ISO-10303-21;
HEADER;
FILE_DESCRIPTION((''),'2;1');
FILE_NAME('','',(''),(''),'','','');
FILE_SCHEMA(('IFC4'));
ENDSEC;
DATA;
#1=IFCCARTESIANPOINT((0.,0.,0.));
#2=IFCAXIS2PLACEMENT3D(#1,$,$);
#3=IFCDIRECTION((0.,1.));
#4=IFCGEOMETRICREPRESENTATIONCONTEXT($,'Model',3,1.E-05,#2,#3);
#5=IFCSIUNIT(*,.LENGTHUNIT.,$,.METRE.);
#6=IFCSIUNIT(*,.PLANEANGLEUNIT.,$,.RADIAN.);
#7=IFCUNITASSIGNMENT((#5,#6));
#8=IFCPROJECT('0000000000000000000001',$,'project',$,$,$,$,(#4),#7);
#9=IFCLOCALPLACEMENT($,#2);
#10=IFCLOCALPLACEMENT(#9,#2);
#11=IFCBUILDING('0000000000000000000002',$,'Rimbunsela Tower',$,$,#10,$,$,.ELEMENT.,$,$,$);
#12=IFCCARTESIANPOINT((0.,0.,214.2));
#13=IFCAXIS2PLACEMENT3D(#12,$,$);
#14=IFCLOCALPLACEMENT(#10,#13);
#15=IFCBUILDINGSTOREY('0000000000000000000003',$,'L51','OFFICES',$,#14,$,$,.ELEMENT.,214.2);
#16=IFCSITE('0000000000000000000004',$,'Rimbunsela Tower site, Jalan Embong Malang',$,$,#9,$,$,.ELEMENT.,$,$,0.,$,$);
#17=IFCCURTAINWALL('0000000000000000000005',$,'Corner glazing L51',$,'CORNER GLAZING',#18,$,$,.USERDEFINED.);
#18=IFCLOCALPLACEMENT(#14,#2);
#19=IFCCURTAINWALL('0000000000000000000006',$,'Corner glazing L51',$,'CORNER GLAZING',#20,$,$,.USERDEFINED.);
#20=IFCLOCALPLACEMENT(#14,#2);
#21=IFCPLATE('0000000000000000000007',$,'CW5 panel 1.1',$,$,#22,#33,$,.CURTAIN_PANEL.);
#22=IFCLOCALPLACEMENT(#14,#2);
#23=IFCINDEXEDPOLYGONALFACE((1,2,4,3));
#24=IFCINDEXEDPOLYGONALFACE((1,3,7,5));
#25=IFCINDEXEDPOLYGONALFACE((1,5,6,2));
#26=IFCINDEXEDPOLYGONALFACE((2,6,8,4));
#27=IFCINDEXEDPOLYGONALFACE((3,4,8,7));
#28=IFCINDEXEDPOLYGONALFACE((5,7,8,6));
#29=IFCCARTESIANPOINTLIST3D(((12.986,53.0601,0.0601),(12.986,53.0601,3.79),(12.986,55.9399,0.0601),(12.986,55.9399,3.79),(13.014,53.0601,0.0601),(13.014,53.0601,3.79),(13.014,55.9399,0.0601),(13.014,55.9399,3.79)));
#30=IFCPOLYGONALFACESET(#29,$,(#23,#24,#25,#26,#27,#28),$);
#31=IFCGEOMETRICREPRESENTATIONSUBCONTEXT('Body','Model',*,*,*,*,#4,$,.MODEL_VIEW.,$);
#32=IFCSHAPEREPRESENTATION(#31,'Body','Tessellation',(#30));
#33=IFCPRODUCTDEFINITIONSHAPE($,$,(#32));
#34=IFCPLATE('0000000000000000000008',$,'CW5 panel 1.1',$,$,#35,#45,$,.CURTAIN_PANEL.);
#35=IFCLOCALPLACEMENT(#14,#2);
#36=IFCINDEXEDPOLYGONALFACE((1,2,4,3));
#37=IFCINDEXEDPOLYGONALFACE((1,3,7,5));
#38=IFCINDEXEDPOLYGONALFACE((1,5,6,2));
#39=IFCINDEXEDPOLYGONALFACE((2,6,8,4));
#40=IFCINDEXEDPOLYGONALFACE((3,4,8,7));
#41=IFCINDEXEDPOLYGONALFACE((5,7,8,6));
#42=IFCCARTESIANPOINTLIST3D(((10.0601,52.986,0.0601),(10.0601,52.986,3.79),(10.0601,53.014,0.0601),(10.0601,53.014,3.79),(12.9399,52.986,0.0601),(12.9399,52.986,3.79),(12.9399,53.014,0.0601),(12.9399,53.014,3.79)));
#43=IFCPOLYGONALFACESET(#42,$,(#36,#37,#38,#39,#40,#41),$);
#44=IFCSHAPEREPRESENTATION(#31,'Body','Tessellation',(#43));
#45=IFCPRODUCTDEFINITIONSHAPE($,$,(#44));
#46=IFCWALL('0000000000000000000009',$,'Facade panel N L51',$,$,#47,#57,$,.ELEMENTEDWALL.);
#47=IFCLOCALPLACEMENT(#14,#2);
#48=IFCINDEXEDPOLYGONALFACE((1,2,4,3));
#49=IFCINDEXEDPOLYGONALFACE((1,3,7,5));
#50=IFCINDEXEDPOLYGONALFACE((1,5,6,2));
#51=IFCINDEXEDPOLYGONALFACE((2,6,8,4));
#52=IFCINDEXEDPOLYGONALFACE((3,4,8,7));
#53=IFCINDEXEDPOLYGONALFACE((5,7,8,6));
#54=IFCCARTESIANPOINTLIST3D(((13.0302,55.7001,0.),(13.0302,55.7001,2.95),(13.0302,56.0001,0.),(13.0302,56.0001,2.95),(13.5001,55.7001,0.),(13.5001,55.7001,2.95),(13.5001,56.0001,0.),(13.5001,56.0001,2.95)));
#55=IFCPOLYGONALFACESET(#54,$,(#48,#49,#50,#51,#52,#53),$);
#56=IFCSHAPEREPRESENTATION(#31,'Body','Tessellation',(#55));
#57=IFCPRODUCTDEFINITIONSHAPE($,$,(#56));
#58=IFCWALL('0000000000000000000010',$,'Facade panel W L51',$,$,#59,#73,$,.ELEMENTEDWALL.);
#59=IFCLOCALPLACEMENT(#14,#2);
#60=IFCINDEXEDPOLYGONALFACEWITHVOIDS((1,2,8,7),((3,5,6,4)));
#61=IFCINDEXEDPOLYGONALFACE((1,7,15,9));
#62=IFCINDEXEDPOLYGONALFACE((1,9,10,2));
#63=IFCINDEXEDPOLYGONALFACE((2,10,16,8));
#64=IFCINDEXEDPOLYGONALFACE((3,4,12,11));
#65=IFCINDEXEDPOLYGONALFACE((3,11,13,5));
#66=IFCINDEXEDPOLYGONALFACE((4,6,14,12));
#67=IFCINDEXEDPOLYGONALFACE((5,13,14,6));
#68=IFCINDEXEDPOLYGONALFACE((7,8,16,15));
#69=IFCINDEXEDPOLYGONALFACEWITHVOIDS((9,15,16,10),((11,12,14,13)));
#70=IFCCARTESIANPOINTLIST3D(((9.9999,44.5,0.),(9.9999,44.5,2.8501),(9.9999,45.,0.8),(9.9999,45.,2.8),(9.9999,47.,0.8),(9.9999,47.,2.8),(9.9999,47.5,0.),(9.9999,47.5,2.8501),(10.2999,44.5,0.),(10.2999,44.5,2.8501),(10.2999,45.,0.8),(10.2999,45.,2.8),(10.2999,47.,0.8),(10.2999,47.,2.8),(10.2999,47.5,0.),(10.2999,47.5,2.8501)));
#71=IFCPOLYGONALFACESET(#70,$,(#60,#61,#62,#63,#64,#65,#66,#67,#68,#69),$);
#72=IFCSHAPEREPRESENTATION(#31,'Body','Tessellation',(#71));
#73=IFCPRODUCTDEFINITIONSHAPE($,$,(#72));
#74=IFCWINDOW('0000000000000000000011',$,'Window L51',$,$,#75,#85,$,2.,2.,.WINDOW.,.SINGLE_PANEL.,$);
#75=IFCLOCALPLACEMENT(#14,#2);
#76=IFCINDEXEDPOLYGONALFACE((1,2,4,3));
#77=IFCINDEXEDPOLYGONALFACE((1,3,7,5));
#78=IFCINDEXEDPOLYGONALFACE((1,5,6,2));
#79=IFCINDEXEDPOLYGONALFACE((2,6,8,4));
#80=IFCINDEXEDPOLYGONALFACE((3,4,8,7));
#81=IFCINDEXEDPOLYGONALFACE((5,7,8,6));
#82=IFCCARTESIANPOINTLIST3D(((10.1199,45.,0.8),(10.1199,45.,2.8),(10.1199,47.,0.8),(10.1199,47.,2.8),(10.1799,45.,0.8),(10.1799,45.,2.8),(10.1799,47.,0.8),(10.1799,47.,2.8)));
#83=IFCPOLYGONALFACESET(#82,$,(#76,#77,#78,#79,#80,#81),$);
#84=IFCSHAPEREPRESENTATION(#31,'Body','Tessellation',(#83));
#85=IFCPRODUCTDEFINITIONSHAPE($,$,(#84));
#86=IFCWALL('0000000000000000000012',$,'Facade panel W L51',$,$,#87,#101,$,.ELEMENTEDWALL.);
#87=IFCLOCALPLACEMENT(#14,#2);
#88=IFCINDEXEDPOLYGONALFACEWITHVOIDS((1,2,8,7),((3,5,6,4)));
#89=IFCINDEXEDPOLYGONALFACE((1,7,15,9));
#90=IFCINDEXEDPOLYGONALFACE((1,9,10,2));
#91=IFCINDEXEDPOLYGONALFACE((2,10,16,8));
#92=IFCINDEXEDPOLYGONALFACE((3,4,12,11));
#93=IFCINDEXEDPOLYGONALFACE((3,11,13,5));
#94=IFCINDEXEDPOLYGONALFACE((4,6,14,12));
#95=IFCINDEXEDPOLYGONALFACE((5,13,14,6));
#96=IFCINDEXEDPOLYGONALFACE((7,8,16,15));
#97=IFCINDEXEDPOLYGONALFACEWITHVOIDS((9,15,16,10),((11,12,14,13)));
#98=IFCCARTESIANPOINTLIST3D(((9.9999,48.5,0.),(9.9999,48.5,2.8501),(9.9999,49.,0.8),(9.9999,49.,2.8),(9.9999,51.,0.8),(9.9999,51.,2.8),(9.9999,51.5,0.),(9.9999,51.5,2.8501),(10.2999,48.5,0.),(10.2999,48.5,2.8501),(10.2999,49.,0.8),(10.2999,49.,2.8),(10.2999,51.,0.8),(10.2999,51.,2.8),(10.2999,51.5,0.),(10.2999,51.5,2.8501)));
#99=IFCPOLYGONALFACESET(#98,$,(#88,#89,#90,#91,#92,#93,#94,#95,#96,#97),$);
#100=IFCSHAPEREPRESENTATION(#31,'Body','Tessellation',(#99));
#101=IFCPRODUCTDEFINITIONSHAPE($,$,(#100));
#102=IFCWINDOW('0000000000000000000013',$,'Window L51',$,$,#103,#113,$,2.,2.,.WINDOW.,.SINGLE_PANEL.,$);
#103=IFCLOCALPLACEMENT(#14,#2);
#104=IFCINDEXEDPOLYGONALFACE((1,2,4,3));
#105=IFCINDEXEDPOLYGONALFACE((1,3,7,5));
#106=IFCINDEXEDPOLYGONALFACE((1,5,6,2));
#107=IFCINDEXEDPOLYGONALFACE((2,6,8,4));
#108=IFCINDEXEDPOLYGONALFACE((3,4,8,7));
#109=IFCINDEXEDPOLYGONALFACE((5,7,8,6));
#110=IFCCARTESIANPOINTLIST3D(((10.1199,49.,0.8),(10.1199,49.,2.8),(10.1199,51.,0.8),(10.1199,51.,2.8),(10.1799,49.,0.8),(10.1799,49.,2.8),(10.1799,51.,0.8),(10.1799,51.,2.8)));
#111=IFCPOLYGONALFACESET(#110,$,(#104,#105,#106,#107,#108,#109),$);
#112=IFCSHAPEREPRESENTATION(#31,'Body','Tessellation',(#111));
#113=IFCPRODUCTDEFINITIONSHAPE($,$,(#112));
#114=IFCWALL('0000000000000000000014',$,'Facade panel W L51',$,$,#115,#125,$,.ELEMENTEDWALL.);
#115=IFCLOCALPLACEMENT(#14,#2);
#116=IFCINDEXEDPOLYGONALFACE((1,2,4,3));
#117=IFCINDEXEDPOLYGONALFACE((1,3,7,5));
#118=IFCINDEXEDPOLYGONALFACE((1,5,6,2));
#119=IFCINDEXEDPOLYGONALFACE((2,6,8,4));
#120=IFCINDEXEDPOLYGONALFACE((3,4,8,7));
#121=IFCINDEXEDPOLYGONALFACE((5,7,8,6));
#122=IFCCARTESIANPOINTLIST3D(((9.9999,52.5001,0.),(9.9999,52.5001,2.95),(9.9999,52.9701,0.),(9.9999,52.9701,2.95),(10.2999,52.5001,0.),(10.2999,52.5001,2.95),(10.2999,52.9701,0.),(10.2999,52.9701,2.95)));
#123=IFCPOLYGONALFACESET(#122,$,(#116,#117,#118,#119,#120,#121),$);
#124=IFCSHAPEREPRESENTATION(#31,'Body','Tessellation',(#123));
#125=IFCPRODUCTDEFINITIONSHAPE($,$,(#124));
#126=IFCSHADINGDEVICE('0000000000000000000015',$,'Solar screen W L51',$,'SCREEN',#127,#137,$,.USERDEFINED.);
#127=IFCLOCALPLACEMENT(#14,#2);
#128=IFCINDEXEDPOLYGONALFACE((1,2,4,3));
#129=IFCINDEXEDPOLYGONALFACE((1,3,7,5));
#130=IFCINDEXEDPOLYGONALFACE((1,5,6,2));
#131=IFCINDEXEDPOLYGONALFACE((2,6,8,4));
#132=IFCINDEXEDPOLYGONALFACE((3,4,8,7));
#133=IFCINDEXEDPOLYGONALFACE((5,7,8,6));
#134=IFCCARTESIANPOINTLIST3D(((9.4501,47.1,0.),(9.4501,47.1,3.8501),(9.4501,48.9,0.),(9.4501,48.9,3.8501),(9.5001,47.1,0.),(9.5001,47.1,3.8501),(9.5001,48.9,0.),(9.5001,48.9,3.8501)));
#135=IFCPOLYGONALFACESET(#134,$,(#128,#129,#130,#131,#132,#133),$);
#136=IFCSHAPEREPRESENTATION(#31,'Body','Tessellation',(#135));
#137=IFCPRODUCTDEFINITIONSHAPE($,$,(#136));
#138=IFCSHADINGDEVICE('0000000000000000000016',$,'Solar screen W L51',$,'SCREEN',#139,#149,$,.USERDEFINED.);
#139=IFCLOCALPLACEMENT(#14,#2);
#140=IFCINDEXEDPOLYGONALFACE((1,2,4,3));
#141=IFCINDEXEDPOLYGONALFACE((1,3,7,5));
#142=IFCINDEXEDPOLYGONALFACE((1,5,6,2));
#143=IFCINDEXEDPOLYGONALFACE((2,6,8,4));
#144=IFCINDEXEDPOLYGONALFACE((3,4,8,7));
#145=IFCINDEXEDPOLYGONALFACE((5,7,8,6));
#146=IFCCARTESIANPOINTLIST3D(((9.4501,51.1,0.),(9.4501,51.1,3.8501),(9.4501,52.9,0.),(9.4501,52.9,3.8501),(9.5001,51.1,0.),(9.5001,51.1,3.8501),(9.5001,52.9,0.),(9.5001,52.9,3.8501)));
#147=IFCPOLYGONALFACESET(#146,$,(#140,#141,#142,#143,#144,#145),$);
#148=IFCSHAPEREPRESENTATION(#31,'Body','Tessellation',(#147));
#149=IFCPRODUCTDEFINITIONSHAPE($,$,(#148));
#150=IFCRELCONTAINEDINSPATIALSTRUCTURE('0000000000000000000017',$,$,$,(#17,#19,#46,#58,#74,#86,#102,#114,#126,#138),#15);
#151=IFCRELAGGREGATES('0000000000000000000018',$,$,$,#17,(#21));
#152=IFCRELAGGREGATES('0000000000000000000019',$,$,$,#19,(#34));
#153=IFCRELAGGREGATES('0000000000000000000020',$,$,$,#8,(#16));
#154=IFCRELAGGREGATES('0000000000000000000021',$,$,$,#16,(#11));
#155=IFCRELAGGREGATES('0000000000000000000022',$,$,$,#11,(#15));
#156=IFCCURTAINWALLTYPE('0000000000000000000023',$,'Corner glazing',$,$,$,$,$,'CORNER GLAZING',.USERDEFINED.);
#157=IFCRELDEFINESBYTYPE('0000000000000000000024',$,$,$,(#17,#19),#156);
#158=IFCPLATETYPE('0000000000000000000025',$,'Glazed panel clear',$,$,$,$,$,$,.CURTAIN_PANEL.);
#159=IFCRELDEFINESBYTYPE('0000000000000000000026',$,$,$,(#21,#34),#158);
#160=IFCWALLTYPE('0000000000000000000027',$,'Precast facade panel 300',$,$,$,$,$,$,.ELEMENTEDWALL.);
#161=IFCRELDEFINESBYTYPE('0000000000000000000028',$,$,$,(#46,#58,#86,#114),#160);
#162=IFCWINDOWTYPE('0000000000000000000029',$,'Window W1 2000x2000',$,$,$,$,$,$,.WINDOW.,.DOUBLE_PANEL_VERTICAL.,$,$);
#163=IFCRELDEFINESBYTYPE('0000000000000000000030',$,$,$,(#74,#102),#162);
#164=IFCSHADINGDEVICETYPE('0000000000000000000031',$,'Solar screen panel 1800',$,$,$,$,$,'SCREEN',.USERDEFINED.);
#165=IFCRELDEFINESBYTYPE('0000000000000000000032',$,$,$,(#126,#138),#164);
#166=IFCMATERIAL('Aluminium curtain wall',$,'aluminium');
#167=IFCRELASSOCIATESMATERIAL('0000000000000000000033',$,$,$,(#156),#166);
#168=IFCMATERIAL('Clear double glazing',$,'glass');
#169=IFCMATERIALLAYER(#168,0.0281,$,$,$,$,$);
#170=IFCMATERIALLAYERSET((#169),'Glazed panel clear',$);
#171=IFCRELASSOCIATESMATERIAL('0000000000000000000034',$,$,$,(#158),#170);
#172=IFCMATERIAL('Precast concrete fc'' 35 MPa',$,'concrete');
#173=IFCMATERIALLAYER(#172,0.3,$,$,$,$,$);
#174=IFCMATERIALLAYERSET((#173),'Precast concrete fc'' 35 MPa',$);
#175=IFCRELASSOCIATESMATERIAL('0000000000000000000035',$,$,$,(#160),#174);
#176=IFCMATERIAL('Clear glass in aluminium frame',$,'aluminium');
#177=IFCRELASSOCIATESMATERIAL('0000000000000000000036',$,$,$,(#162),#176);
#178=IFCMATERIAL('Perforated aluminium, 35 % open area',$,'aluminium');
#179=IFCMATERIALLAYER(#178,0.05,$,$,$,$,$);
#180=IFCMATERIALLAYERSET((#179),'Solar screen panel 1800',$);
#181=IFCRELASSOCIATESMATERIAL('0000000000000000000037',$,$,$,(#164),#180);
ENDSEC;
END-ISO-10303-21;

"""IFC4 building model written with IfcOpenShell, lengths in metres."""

from ifc_helpers import new_model, si_unit, direction, frame, frame_2d, origin, origin_2d, place, context, subcontext, project, spatial, rectangle, extrude, material, layer, layer_set, type_object, element, fill, aggregate, save


model = new_model("IFC4")

# Units and contexts
model_context = context("Model", 3, precision=1e-05, world=origin(), true_north=direction((0.0, 1.0)))
body_context = subcontext(model_context, "Body", "Model", "MODEL_VIEW")
ifc_project = project(units=[si_unit("LENGTHUNIT", "METRE"), si_unit("PLANEANGLEUNIT", "RADIAN")], contexts=[model_context])

# Site, building, storey
site_placement = place(None, origin())
site = spatial("IfcSite", under=ifc_project, at=site_placement, Name="Rimbunsela Tower site, Jalan Embong Malang", CompositionType="ELEMENT", RefElevation=0.0)
building_placement = place(site_placement, origin())
building = spatial("IfcBuilding", under=site, at=building_placement, Name="Rimbunsela Tower", CompositionType="ELEMENT")
storey_placement = place(building_placement, frame((0.0, 0.0, 214.2)))
storey = spatial("IfcBuildingStorey", under=building, at=storey_placement, Name="L51", Description="OFFICES", CompositionType="ELEMENT", Elevation=214.2)

# Curtain walls
ifc_material_1 = material(Name="Aluminium curtain wall", Category="aluminium")
curtain_wall_type = type_object("IfcCurtainWallType", Name="Corner glazing", ElementType="CORNER GLAZING", PredefinedType="USERDEFINED", material=ifc_material_1)
curtain_wall_1_placement = place(storey_placement, origin())
curtain_wall_1 = element("IfcCurtainWall", 1, at=curtain_wall_1_placement, inside=storey, type_object=curtain_wall_type, Name="Corner glazing L51", ObjectType="CORNER GLAZING", PredefinedType="USERDEFINED")
curtain_wall_2_placement = place(storey_placement, origin())
curtain_wall_2 = element("IfcCurtainWall", 2, at=curtain_wall_2_placement, inside=storey, type_object=curtain_wall_type, Name="Corner glazing L51", ObjectType="CORNER GLAZING", PredefinedType="USERDEFINED")

# Plates
ifc_material_2 = material(Name="Clear double glazing", Category="glass")
ifc_layer_1 = layer(ifc_material_2, 0.0281)
ifc_layer_set_1 = layer_set([ifc_layer_1], Name="Glazed panel clear")
plate_type = type_object("IfcPlateType", Name="Glazed panel clear", PredefinedType="CURTAIN_PANEL", material=ifc_layer_set_1)
plate_1_placement = place(storey_placement, frame((13.0, 54.5, 0.0601), z_axis=(0.0, 0.0, 1.0), x_axis=(0.0, -1.0, 0.0)))
plate_1 = element("IfcPlate", 3, at=plate_1_placement, type_object=plate_type, Name="CW5 panel 1.1", PredefinedType="CURTAIN_PANEL", context=body_context, shape_type="SweptSolid", body=[
    extrude(rectangle(XDim=2.8799, YDim=0.0281, at=origin_2d()), origin(), (0.0, 0.0, 1.0), 3.73),
])
aggregate(curtain_wall_1, [plate_1])
plate_2_placement = place(storey_placement, frame((11.5, 53.0, 0.0601), z_axis=(0.0, 0.0, 1.0), x_axis=(-1.0, 0.0, 0.0)))
plate_2 = element("IfcPlate", 4, at=plate_2_placement, type_object=plate_type, Name="CW5 panel 1.1", PredefinedType="CURTAIN_PANEL", context=body_context, shape_type="SweptSolid", body=[
    extrude(rectangle(XDim=2.8799, YDim=0.0281, at=origin_2d()), origin(), (0.0, 0.0, 1.0), 3.73),
])
aggregate(curtain_wall_2, [plate_2])

# Wall
ifc_material_3 = material(Name="Precast concrete fc' 35 MPa", Category="concrete")
ifc_layer_2 = layer(ifc_material_3, 0.3)
ifc_layer_set_2 = layer_set([ifc_layer_2], Name="Precast concrete fc' 35 MPa")
wall_type = type_object("IfcWallType", Name="Precast facade panel 300", PredefinedType="ELEMENTEDWALL", material=ifc_layer_set_2)
wall_1_placement = place(storey_placement, frame((13.5, 55.8501, 0.0), z_axis=(0.0, 0.0, 1.0), x_axis=(-1.0, 0.0, 0.0)))
element("IfcWall", 5, at=wall_1_placement, inside=storey, type_object=wall_type, Name="Facade panel N L51", PredefinedType="ELEMENTEDWALL", context=body_context, shape_type="SweptSolid", body=[
    extrude(rectangle(XDim=0.47, YDim=0.3, at=frame_2d((0.2349, 0.0))), origin(), (0.0, 0.0, 1.0), 2.95),
])

# Walls, openings, windows
wall_2_placement = place(storey_placement, frame((10.1499, 47.5, 0.0), z_axis=(0.0, 0.0, 1.0), x_axis=(0.0, -1.0, 0.0)))
wall_2 = element("IfcWall", 6, at=wall_2_placement, inside=storey, type_object=wall_type, Name="Facade panel W L51", PredefinedType="ELEMENTEDWALL", context=body_context, shape_type="SweptSolid", body=[
    extrude(rectangle(XDim=3.0, YDim=0.3, at=frame_2d((1.5, 0.0))), origin(), (0.0, 0.0, 1.0), 2.8501),
])
opening_1_placement = place(wall_2_placement, frame((0.5, 0.0, 0.8)))
opening_1 = element("IfcOpeningElement", 7, at=opening_1_placement, cuts=wall_2, PredefinedType="OPENING", context=body_context, shape_type="SweptSolid", body=[
    extrude(rectangle(XDim=2.0, YDim=2.0, at=frame_2d((1.0, 1.0))), frame((0.0, 0.1599, 0.0), z_axis=(0.0, -1.0, 0.0), x_axis=(1.0, 0.0, 0.0)), (0.0, 0.0, 1.0), 0.3201),
])
ifc_material_4 = material(Name="Clear glass in aluminium frame", Category="aluminium")
window_type = type_object("IfcWindowType", Name="Window W1 2000x2000", PartitioningType="DOUBLE_PANEL_VERTICAL", PredefinedType="WINDOW", material=ifc_material_4)
window_1_placement = place(opening_1_placement, origin())
window_1 = element("IfcWindow", 8, at=window_1_placement, inside=storey, type_object=window_type, Name="Window L51", OverallHeight=2.0, OverallWidth=2.0, PartitioningType="SINGLE_PANEL", PredefinedType="WINDOW", context=body_context, shape_type="SweptSolid", body=[
    extrude(rectangle(XDim=2.0, YDim=2.0, at=frame_2d((1.0, 1.0))), frame((0.0, 0.03, 0.0), z_axis=(0.0, -1.0, 0.0), x_axis=(1.0, 0.0, 0.0)), (0.0, 0.0, 1.0), 0.0601),
])
fill(opening_1, window_1)
wall_3_placement = place(storey_placement, frame((10.1499, 51.5, 0.0), z_axis=(0.0, 0.0, 1.0), x_axis=(0.0, -1.0, 0.0)))
wall_3 = element("IfcWall", 9, at=wall_3_placement, inside=storey, type_object=wall_type, Name="Facade panel W L51", PredefinedType="ELEMENTEDWALL", context=body_context, shape_type="SweptSolid", body=[
    extrude(rectangle(XDim=3.0, YDim=0.3, at=frame_2d((1.5, 0.0))), origin(), (0.0, 0.0, 1.0), 2.8501),
])
opening_2_placement = place(wall_3_placement, frame((0.5, 0.0, 0.8)))
opening_2 = element("IfcOpeningElement", 10, at=opening_2_placement, cuts=wall_3, PredefinedType="OPENING", context=body_context, shape_type="SweptSolid", body=[
    extrude(rectangle(XDim=2.0, YDim=2.0, at=frame_2d((1.0, 1.0))), frame((0.0, 0.1599, 0.0), z_axis=(0.0, -1.0, 0.0), x_axis=(1.0, 0.0, 0.0)), (0.0, 0.0, 1.0), 0.3201),
])
window_2_placement = place(opening_2_placement, origin())
window_2 = element("IfcWindow", 11, at=window_2_placement, inside=storey, type_object=window_type, Name="Window L51", OverallHeight=2.0, OverallWidth=2.0, PartitioningType="SINGLE_PANEL", PredefinedType="WINDOW", context=body_context, shape_type="SweptSolid", body=[
    extrude(rectangle(XDim=2.0, YDim=2.0, at=frame_2d((1.0, 1.0))), frame((0.0, 0.03, 0.0), z_axis=(0.0, -1.0, 0.0), x_axis=(1.0, 0.0, 0.0)), (0.0, 0.0, 1.0), 0.0601),
])
fill(opening_2, window_2)

# Wall
wall_4_placement = place(storey_placement, frame((10.1499, 52.97, 0.0), z_axis=(0.0, 0.0, 1.0), x_axis=(0.0, -1.0, 0.0)))
element("IfcWall", 12, at=wall_4_placement, inside=storey, type_object=wall_type, Name="Facade panel W L51", PredefinedType="ELEMENTEDWALL", context=body_context, shape_type="SweptSolid", body=[
    extrude(rectangle(XDim=0.47, YDim=0.3, at=frame_2d((0.2349, 0.0))), origin(), (0.0, 0.0, 1.0), 2.95),
])

# Shading devices
ifc_material_5 = material(Name="Perforated aluminium, 35 % open area", Category="aluminium")
ifc_layer_3 = layer(ifc_material_5, 0.05)
ifc_layer_set_3 = layer_set([ifc_layer_3], Name="Solar screen panel 1800")
shading_device_type = type_object("IfcShadingDeviceType", Name="Solar screen panel 1800", ElementType="SCREEN", PredefinedType="USERDEFINED", material=ifc_layer_set_3)
for number, where, z_axis, x_axis, name in (
    (13, (9.4751, 48.0, 0.0), (0.0, 0.0, 1.0), (0.0, 1.0, 0.0), "Solar screen W L51"),
    (14, (9.4751, 52.0, 0.0), (0.0, 0.0, 1.0), (0.0, 1.0, 0.0), "Solar screen W L51"),
):
    element("IfcShadingDevice", number, at=place(storey_placement, frame(where, z_axis=z_axis, x_axis=x_axis)), inside=storey, type_object=shading_device_type, Name=name, ObjectType="SCREEN", PredefinedType="USERDEFINED", context=body_context, shape_type="SweptSolid", body=[
        extrude(rectangle(XDim=1.8, YDim=0.05, at=origin_2d()), origin(), (0.0, 0.0, 1.0), 3.8501),
    ])

save(model, "model.ifc")
